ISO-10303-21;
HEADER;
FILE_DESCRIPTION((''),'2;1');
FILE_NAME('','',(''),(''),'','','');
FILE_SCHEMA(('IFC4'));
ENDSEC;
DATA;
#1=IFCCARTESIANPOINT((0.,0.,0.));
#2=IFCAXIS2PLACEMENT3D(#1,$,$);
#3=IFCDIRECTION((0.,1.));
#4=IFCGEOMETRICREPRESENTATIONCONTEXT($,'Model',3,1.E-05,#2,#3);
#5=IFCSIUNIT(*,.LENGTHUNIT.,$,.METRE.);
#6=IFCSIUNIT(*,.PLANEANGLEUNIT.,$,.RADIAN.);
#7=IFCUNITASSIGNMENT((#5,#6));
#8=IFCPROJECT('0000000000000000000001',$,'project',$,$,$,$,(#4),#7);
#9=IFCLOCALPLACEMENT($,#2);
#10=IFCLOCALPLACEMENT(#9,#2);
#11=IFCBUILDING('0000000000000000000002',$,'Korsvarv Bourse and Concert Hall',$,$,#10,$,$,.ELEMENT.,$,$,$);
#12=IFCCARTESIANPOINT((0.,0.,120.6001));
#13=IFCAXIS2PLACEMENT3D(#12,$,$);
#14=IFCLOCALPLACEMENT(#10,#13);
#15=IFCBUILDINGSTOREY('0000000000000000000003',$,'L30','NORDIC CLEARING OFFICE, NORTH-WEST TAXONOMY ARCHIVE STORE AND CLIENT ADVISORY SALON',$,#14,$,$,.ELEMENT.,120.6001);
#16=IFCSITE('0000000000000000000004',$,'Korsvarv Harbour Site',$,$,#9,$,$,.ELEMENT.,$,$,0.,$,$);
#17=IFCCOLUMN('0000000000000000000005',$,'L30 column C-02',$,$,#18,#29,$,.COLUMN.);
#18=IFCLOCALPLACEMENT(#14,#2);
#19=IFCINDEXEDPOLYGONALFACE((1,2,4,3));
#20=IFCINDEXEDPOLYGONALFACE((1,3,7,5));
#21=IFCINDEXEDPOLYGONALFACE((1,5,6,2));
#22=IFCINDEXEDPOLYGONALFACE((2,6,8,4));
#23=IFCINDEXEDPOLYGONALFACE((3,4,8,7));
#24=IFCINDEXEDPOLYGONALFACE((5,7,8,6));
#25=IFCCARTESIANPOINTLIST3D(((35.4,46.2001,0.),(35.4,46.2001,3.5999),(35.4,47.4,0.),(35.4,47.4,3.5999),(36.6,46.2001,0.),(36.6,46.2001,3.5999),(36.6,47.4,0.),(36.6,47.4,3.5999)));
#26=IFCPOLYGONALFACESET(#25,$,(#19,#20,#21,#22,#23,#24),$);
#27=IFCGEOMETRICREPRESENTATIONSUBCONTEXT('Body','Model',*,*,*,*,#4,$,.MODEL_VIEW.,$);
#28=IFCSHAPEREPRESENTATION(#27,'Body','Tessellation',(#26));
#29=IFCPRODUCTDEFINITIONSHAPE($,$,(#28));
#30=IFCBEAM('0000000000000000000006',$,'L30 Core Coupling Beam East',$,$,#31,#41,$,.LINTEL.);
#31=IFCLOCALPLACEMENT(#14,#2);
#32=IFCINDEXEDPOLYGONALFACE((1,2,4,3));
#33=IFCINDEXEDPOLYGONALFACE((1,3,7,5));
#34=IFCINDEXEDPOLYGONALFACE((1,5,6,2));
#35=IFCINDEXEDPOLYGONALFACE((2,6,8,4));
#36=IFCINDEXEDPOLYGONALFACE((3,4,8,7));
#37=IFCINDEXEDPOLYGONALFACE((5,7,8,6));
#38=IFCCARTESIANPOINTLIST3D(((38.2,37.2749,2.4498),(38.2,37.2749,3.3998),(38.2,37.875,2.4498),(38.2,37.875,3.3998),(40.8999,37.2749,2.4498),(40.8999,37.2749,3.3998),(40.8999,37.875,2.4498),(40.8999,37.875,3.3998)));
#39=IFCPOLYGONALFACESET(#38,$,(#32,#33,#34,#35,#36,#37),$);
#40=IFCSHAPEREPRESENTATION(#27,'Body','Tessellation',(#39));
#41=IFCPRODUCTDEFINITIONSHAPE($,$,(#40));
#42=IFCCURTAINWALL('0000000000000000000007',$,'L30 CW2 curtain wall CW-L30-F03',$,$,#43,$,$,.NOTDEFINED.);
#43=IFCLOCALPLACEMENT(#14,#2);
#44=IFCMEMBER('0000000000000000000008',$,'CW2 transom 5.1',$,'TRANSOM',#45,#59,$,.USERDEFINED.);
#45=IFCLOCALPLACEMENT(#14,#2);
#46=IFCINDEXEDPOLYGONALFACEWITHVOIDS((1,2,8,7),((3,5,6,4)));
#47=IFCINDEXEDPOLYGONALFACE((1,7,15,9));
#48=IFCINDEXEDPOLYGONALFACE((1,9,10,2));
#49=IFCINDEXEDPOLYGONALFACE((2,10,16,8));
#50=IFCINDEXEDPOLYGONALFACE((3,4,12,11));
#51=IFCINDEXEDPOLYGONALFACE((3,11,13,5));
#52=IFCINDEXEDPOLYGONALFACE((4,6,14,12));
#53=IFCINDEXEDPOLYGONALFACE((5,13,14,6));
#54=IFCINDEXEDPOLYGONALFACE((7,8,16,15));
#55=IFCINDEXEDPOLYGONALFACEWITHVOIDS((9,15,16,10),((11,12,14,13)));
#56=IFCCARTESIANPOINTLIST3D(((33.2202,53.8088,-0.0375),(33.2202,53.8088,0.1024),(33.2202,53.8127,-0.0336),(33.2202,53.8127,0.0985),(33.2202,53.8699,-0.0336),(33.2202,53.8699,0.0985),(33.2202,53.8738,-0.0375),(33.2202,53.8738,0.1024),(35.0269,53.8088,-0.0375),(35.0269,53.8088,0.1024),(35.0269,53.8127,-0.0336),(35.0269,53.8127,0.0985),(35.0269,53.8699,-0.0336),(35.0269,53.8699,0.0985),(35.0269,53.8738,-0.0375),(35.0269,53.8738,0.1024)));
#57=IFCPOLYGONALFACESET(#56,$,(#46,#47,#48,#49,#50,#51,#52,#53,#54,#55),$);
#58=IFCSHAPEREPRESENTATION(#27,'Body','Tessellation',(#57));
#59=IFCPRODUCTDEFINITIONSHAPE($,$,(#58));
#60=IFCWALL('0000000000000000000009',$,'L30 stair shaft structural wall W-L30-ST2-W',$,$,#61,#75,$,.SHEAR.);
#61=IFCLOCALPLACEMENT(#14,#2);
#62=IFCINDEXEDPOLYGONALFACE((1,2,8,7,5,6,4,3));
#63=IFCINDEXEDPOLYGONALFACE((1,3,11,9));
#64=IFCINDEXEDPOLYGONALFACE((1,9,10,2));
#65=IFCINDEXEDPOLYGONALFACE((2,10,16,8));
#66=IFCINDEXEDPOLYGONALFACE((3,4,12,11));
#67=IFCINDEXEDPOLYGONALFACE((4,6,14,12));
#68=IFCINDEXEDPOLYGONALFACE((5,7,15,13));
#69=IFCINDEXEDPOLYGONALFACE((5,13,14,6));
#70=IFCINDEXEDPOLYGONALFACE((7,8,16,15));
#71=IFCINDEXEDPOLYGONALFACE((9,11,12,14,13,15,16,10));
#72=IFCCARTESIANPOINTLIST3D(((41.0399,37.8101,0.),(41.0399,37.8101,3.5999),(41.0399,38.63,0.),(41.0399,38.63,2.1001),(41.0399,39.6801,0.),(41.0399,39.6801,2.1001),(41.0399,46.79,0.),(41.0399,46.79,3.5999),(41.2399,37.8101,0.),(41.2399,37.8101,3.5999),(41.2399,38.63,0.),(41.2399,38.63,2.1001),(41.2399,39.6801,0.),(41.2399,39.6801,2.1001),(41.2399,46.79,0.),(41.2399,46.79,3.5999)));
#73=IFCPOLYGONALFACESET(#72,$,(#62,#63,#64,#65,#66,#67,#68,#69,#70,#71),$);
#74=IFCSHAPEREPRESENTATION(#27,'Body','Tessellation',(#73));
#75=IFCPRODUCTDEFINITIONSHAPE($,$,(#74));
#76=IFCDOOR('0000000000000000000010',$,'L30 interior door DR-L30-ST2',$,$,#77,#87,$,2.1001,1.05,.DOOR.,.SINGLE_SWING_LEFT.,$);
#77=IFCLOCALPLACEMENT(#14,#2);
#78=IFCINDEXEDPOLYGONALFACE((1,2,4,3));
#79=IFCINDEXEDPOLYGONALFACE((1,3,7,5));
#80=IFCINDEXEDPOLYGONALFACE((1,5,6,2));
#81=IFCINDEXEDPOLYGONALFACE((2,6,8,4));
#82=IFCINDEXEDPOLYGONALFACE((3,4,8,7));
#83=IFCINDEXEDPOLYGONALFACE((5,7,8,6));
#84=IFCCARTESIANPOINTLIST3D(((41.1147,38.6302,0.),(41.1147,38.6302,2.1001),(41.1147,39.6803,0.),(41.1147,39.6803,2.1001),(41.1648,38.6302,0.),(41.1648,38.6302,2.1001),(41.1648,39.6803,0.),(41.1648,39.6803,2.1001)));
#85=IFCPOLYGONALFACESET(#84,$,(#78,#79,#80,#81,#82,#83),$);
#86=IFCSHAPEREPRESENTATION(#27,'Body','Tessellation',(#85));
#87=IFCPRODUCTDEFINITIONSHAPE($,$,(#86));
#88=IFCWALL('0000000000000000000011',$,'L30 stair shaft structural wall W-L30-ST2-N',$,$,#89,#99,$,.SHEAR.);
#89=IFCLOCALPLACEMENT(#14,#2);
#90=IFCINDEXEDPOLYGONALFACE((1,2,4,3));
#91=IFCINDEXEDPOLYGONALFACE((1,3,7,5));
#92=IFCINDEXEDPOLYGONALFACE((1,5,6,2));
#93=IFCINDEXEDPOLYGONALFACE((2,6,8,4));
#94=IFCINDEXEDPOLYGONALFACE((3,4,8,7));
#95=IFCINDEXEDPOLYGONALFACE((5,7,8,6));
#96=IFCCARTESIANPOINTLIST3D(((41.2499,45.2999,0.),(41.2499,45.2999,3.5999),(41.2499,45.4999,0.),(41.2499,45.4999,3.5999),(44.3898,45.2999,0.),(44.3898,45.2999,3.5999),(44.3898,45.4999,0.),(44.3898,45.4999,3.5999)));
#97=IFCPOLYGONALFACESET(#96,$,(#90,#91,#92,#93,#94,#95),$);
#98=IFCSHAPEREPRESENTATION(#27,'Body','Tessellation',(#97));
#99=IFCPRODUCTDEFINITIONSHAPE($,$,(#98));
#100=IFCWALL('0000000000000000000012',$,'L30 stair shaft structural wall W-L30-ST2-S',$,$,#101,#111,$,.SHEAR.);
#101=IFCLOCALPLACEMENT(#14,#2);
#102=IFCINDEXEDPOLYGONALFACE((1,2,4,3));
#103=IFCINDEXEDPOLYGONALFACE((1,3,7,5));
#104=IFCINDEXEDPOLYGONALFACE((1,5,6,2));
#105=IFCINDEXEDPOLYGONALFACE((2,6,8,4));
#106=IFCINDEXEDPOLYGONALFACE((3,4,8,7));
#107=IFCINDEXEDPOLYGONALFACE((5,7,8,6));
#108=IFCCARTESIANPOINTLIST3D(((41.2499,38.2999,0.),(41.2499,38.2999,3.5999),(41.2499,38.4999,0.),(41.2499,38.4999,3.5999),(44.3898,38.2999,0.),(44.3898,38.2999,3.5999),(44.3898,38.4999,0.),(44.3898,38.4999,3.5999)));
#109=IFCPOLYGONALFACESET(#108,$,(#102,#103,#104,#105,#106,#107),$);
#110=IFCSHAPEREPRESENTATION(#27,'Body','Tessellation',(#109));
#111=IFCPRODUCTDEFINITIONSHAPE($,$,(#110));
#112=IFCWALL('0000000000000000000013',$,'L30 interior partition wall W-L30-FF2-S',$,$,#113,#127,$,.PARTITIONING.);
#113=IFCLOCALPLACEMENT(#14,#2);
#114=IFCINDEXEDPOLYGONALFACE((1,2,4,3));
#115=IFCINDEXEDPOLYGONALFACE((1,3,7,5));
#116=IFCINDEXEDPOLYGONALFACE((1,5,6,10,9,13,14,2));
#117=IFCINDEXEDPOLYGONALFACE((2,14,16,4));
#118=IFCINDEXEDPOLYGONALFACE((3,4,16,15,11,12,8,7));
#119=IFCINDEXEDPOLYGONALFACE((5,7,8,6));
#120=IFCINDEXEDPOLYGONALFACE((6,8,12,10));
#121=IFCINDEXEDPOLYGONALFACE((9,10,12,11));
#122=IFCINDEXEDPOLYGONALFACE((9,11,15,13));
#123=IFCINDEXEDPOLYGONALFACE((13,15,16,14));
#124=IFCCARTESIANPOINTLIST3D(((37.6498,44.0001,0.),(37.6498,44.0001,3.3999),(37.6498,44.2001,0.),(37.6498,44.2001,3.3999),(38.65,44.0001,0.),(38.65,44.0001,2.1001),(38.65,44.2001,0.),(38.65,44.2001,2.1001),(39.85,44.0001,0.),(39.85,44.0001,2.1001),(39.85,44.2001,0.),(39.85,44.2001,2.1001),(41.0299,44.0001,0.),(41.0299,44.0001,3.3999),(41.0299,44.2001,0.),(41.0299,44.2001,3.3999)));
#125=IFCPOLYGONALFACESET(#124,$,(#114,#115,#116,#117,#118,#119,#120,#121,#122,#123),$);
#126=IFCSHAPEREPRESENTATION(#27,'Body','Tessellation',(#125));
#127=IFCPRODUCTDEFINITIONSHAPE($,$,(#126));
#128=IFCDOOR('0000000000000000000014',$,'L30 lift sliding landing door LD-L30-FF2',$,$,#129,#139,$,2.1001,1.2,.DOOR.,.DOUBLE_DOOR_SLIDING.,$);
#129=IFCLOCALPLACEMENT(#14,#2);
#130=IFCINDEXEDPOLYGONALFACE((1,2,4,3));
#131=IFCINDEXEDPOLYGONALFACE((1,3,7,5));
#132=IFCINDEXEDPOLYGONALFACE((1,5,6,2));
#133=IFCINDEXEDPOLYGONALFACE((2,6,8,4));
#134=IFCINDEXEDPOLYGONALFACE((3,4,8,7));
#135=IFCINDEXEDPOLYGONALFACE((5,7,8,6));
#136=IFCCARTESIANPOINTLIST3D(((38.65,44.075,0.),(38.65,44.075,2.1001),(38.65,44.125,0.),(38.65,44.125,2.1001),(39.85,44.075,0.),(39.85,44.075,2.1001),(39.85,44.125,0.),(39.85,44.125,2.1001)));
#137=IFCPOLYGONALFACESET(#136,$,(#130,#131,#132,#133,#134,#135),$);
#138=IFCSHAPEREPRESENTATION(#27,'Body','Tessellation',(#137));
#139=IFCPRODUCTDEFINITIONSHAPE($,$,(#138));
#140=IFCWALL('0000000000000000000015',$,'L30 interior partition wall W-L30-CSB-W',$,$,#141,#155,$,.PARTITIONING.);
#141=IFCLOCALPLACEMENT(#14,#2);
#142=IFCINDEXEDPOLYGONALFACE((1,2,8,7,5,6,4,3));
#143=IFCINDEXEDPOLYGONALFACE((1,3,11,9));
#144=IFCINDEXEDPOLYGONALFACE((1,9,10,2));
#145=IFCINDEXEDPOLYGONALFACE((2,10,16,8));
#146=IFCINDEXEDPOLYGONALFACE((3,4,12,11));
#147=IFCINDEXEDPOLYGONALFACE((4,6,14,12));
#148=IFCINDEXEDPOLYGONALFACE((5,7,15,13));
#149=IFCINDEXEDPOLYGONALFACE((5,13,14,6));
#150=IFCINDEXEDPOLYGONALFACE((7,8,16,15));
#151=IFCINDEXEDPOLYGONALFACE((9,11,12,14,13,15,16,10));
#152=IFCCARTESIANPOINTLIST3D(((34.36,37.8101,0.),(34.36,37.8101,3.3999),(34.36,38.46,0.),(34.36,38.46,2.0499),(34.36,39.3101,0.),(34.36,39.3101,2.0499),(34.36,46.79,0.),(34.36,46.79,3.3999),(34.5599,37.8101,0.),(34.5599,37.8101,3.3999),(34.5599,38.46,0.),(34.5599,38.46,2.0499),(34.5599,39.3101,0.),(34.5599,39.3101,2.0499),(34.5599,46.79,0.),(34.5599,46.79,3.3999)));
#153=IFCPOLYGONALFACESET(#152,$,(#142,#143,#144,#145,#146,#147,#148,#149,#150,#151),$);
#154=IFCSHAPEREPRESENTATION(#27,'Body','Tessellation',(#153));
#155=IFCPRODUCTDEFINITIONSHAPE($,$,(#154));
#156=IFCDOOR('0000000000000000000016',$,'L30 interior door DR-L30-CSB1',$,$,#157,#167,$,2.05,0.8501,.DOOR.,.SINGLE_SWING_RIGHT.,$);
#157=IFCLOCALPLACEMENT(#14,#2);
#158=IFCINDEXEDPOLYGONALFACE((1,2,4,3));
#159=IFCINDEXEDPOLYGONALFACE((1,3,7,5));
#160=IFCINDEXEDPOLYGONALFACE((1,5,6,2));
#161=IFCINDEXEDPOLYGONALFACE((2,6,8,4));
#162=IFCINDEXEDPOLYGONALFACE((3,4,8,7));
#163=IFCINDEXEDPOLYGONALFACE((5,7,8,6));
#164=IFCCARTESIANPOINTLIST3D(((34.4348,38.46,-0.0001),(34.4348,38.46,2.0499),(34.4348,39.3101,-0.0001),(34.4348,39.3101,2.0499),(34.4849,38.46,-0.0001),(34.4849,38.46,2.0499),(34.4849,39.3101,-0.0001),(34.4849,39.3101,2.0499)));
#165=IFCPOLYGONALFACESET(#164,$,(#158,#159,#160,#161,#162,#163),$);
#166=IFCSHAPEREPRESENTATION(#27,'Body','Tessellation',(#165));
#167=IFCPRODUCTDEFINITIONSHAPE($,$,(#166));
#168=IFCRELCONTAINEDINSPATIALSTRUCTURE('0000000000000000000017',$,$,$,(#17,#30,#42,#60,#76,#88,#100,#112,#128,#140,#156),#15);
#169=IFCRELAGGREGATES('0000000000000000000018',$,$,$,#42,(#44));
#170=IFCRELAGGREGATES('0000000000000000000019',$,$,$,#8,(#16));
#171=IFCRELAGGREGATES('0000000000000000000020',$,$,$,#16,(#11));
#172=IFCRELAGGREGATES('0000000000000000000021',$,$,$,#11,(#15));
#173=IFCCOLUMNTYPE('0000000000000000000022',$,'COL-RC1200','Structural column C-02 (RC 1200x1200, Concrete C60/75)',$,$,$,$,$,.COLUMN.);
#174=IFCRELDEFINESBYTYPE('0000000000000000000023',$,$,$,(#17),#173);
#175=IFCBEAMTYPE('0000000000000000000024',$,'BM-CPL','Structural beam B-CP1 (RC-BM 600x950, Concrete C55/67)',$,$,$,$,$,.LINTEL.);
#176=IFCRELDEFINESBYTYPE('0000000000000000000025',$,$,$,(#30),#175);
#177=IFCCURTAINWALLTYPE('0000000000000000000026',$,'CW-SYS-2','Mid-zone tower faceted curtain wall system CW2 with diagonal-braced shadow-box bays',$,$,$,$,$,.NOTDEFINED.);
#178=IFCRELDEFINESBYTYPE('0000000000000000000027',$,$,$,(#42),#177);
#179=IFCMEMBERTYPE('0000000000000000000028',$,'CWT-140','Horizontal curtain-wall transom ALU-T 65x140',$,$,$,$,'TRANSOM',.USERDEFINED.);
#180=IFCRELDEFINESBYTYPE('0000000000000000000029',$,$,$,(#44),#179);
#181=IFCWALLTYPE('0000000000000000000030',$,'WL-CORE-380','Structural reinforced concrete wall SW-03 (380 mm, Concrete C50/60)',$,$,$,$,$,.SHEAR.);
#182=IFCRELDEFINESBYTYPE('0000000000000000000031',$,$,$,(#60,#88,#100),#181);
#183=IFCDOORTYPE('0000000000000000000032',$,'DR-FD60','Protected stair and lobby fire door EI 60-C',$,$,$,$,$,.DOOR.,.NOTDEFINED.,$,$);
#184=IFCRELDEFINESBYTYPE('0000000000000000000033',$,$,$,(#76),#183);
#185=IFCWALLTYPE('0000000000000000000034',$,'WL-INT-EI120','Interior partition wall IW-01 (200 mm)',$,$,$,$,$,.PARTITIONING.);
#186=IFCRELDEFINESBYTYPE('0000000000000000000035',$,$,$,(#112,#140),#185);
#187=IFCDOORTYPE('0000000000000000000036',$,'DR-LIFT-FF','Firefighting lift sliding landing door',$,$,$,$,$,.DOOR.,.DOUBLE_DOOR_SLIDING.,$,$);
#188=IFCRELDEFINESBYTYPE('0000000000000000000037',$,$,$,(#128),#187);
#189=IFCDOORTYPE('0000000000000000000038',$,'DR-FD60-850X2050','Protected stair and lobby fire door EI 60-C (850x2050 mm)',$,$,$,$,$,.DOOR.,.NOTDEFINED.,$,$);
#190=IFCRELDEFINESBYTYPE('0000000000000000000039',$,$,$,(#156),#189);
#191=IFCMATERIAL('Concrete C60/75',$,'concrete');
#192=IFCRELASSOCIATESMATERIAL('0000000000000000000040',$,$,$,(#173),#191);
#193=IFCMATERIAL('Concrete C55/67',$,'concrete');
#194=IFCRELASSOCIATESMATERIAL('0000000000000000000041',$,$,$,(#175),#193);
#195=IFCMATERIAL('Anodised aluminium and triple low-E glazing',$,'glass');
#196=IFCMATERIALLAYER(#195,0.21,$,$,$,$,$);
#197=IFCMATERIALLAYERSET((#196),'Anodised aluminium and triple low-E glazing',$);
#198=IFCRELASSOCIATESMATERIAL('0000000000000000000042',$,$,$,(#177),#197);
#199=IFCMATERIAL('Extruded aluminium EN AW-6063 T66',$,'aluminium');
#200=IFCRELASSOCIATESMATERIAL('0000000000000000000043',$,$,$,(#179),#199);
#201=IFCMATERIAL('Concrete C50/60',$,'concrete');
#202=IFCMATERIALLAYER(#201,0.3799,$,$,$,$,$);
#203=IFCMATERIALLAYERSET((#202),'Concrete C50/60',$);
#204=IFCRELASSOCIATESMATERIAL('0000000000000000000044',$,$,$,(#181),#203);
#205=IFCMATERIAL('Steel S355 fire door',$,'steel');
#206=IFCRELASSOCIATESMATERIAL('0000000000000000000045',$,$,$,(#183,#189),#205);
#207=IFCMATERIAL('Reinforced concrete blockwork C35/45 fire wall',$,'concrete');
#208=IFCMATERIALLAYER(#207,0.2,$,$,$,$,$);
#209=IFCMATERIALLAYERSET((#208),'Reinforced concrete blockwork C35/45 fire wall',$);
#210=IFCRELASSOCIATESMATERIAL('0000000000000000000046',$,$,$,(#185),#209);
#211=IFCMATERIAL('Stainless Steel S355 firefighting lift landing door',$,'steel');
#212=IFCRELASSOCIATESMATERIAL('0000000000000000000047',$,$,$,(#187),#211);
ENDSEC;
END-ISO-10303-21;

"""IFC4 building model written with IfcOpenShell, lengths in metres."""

from ifc_helpers import new_model, si_unit, direction, frame, frame_2d, origin, origin_2d, place, context, subcontext, project, spatial, rectangle, hollow_rectangle, extrude, source, transform, mapped, material, layer, layer_set, material_profile, profile_set, type_object, element, fill, aggregate, save


model = new_model("IFC4")

# Units and contexts
model_context = context("Model", 3, precision=1e-05, world=origin(), true_north=direction((0.0, 1.0)))
body_context = subcontext(model_context, "Body", "Model", "MODEL_VIEW")
ifc_project = project(units=[si_unit("LENGTHUNIT", "METRE"), si_unit("PLANEANGLEUNIT", "RADIAN")], contexts=[model_context])

# Site, building, storey
site_placement = place(None, origin())
site = spatial("IfcSite", under=ifc_project, at=site_placement, Name="Korsvarv Harbour Site", CompositionType="ELEMENT", RefElevation=0.0)
building_placement = place(site_placement, origin())
building = spatial("IfcBuilding", under=site, at=building_placement, Name="Korsvarv Bourse and Concert Hall", CompositionType="ELEMENT")
storey_placement = place(building_placement, frame((0.0, 0.0, 120.6001)))
storey = spatial("IfcBuildingStorey", under=building, at=storey_placement, Name="L30", Description="NORDIC CLEARING OFFICE, NORTH-WEST TAXONOMY ARCHIVE STORE AND CLIENT ADVISORY SALON", CompositionType="ELEMENT", Elevation=120.6001)

# Column
ifc_material_1 = material(Name="Concrete C60/75", Category="concrete")
ifc_material_profile_1 = material_profile(ifc_material_1, rectangle(XDim=1.2, YDim=1.2, at=origin_2d()), Name="RC 1200x1200")
ifc_profile_set_1 = profile_set([ifc_material_profile_1], Name="Concrete C60/75")
column_type = type_object("IfcColumnType", Name="COL-RC1200", Description="Structural column C-02 (RC 1200x1200, Concrete C60/75)", PredefinedType="COLUMN", material=ifc_profile_set_1)
shared_shape_1 = source(origin(), body_context, "Body", "SweptSolid", [
    extrude(rectangle(XDim=1.2, YDim=1.2, at=origin_2d()), origin(), (0.0, 0.0, 1.0), 3.5999),
])
column_placement = place(storey_placement, frame((36.0, 46.8, 0.0), z_axis=(0.0, 0.0, 1.0), x_axis=(1.0, 0.0, 0.0)))
element("IfcColumn", 1, at=column_placement, inside=storey, type_object=column_type, Name="L30 column C-02", PredefinedType="COLUMN", context=body_context, shape_type="MappedRepresentation", body=[
    mapped(shared_shape_1, transform((0.0, 0.0, 0.0), scale=1.0)),
])

# Beam
ifc_material_2 = material(Name="Concrete C55/67", Category="concrete")
ifc_material_profile_2 = material_profile(ifc_material_2, rectangle(XDim=0.6001, YDim=0.95, at=origin_2d()), Name="RC-BM 600x950")
ifc_profile_set_2 = profile_set([ifc_material_profile_2], Name="Concrete C55/67")
beam_type = type_object("IfcBeamType", Name="BM-CPL", Description="Structural beam B-CP1 (RC-BM 600x950, Concrete C55/67)", PredefinedType="LINTEL", material=ifc_profile_set_2)
shared_shape_2 = source(origin(), body_context, "Body", "SweptSolid", [
    extrude(rectangle(XDim=0.6001, YDim=0.95, at=origin_2d()), origin(), (0.0, 0.0, 1.0), 2.7),
])
beam_placement = place(storey_placement, frame((38.2, 37.575, 2.9248), z_axis=(1.0, 0.0, 0.0), x_axis=(0.0, 1.0, 0.0)))
element("IfcBeam", 2, at=beam_placement, inside=storey, type_object=beam_type, Name="L30 Core Coupling Beam East", PredefinedType="LINTEL", context=body_context, shape_type="MappedRepresentation", body=[
    mapped(shared_shape_2, transform((0.0, 0.0, 0.0), scale=1.0)),
])

# Curtain wall, member
ifc_material_3 = material(Name="Anodised aluminium and triple low-E glazing", Category="glass")
ifc_layer_1 = layer(ifc_material_3, 0.21)
ifc_layer_set_1 = layer_set([ifc_layer_1], Name="Anodised aluminium and triple low-E glazing")
curtain_wall_type = type_object("IfcCurtainWallType", Name="CW-SYS-2", Description="Mid-zone tower faceted curtain wall system CW2 with diagonal-braced shadow-box bays", PredefinedType="NOTDEFINED", material=ifc_layer_set_1)
curtain_wall_placement = place(storey_placement, origin())
curtain_wall = element("IfcCurtainWall", 3, at=curtain_wall_placement, inside=storey, type_object=curtain_wall_type, Name="L30 CW2 curtain wall CW-L30-F03", PredefinedType="NOTDEFINED")
ifc_material_4 = material(Name="Extruded aluminium EN AW-6063 T66", Category="aluminium")
ifc_material_profile_3 = material_profile(ifc_material_4, hollow_rectangle(XDim=0.0649, YDim=0.1399, WallThickness=0.0039, at=origin_2d()), Name="ALU-T 65x140")
ifc_profile_set_3 = profile_set([ifc_material_profile_3], Name="Extruded aluminium EN AW-6063 T66")
member_type = type_object("IfcMemberType", Name="CWT-140", Description="Horizontal curtain-wall transom ALU-T 65x140", ElementType="TRANSOM", PredefinedType="USERDEFINED", material=ifc_profile_set_3)
shared_shape_3 = source(origin(), body_context, "Body", "SweptSolid", [
    extrude(hollow_rectangle(XDim=0.0649, YDim=0.1399, WallThickness=0.0039, at=origin_2d()), origin(), (0.0, 0.0, 1.0), 1.8066),
])
member_placement = place(storey_placement, frame((35.0269, 53.8413, 0.0325), z_axis=(-1.0, 0.0, 0.0), x_axis=(0.0, -1.0, 0.0)))
member = element("IfcMember", 4, at=member_placement, type_object=member_type, Name="CW2 transom 5.1", ObjectType="TRANSOM", PredefinedType="USERDEFINED", context=body_context, shape_type="MappedRepresentation", body=[
    mapped(shared_shape_3, transform((0.0, 0.0, 0.0), scale=1.0)),
])
aggregate(curtain_wall, [member])

# Wall, opening, door
ifc_material_5 = material(Name="Concrete C50/60", Category="concrete")
ifc_layer_2 = layer(ifc_material_5, 0.3799)
ifc_layer_set_2 = layer_set([ifc_layer_2], Name="Concrete C50/60")
wall_type_1 = type_object("IfcWallType", Name="WL-CORE-380", Description="Structural reinforced concrete wall SW-03 (380 mm, Concrete C50/60)", PredefinedType="SHEAR", material=ifc_layer_set_2)
wall_1_placement = place(storey_placement, frame((41.1399, 37.8101, 0.0), z_axis=(0.0, 0.0, 1.0), x_axis=(0.0, 1.0, 0.0)))
wall_1 = element("IfcWall", 5, at=wall_1_placement, inside=storey, type_object=wall_type_1, Name="L30 stair shaft structural wall W-L30-ST2-W", PredefinedType="SHEAR", context=body_context, shape_type="SweptSolid", body=[
    extrude(rectangle(XDim=8.98, YDim=0.2, at=frame_2d((4.49, 0.0))), origin(), (0.0, 0.0, 1.0), 3.5999),
])
opening_1_placement = place(wall_1_placement, frame((0.8201, 0.0, 0.0)))
opening_1 = element("IfcOpeningElement", 6, at=opening_1_placement, cuts=wall_1, PredefinedType="OPENING", context=body_context, shape_type="SweptSolid", body=[
    extrude(rectangle(XDim=1.05, YDim=2.1001, at=frame_2d((0.5249, 1.05))), frame((0.0, 0.1099, 0.0), z_axis=(0.0, -1.0, 0.0), x_axis=(1.0, 0.0, 0.0)), (0.0, 0.0, 1.0), 0.22),
])
ifc_material_6 = material(Name="Steel S355 fire door", Category="steel")
door_type_1 = type_object("IfcDoorType", Name="DR-FD60", Description="Protected stair and lobby fire door EI 60-C", OperationType="NOTDEFINED", PredefinedType="DOOR", material=ifc_material_6)
door_1_placement = place(opening_1_placement, frame((1.05, 0.0, 0.0), z_axis=(0.0, 0.0, 1.0), x_axis=(-1.0, 0.0, 0.0)))
door_1 = element("IfcDoor", 7, at=door_1_placement, inside=storey, type_object=door_type_1, Name="L30 interior door DR-L30-ST2", OperationType="SINGLE_SWING_LEFT", OverallHeight=2.1001, OverallWidth=1.05, PredefinedType="DOOR", context=body_context, shape_type="SweptSolid", body=[
    extrude(rectangle(XDim=1.05, YDim=2.1001, at=frame_2d((0.5249, 1.05))), frame((0.0, 0.0249, 0.0), z_axis=(0.0, -1.0, 0.0), x_axis=(1.0, 0.0, 0.0)), (0.0, 0.0, 1.0), 0.05),
])
fill(opening_1, door_1)

# Walls
for number, where, z_axis, x_axis, name in (
    (8, (41.25, 45.3999, 0.0), (0.0, 0.0, 1.0), (1.0, 0.0, 0.0), "L30 stair shaft structural wall W-L30-ST2-N"),
    (9, (41.25, 38.3999, 0.0), (0.0, 0.0, 1.0), (1.0, 0.0, 0.0), "L30 stair shaft structural wall W-L30-ST2-S"),
):
    element("IfcWall", number, at=place(storey_placement, frame(where, z_axis=z_axis, x_axis=x_axis)), inside=storey, type_object=wall_type_1, Name=name, PredefinedType="SHEAR", context=body_context, shape_type="SweptSolid", body=[
        extrude(rectangle(XDim=3.1399, YDim=0.2, at=frame_2d((1.5698, 0.0))), origin(), (0.0, 0.0, 1.0), 3.5999),
    ])

# Walls, openings, doors
ifc_material_7 = material(Name="Reinforced concrete blockwork C35/45 fire wall", Category="concrete")
ifc_layer_3 = layer(ifc_material_7, 0.2)
ifc_layer_set_3 = layer_set([ifc_layer_3], Name="Reinforced concrete blockwork C35/45 fire wall")
wall_type_2 = type_object("IfcWallType", Name="WL-INT-EI120", Description="Interior partition wall IW-01 (200 mm)", PredefinedType="PARTITIONING", material=ifc_layer_set_3)
wall_2_placement = place(storey_placement, frame((37.6499, 44.1001, 0.0), z_axis=(0.0, 0.0, 1.0), x_axis=(1.0, 0.0, 0.0)))
wall_2 = element("IfcWall", 10, at=wall_2_placement, inside=storey, type_object=wall_type_2, Name="L30 interior partition wall W-L30-FF2-S", PredefinedType="PARTITIONING", context=body_context, shape_type="SweptSolid", body=[
    extrude(rectangle(XDim=3.3801, YDim=0.2, at=frame_2d((1.6899, 0.0))), origin(), (0.0, 0.0, 1.0), 3.3999),
])
opening_2_placement = place(wall_2_placement, frame((1.0, 0.0, 0.0)))
opening_2 = element("IfcOpeningElement", 11, at=opening_2_placement, cuts=wall_2, PredefinedType="OPENING", context=body_context, shape_type="SweptSolid", body=[
    extrude(rectangle(XDim=1.2, YDim=2.1001, at=frame_2d((0.6001, 1.05))), frame((0.0, 0.1099, 0.0), z_axis=(0.0, -1.0, 0.0), x_axis=(1.0, 0.0, 0.0)), (0.0, 0.0, 1.0), 0.22),
])
ifc_material_8 = material(Name="Stainless Steel S355 firefighting lift landing door", Category="steel")
door_type_2 = type_object("IfcDoorType", Name="DR-LIFT-FF", Description="Firefighting lift sliding landing door", OperationType="DOUBLE_DOOR_SLIDING", PredefinedType="DOOR", material=ifc_material_8)
door_2_placement = place(opening_2_placement, origin())
door_2 = element("IfcDoor", 12, at=door_2_placement, inside=storey, type_object=door_type_2, Name="L30 lift sliding landing door LD-L30-FF2", OperationType="DOUBLE_DOOR_SLIDING", OverallHeight=2.1001, OverallWidth=1.2, PredefinedType="DOOR", context=body_context, shape_type="SweptSolid", body=[
    extrude(rectangle(XDim=1.2, YDim=2.1001, at=frame_2d((0.6001, 1.05))), frame((0.0, 0.0249, 0.0), z_axis=(0.0, -1.0, 0.0), x_axis=(1.0, 0.0, 0.0)), (0.0, 0.0, 1.0), 0.05),
])
fill(opening_2, door_2)
wall_3_placement = place(storey_placement, frame((34.46, 37.8101, 0.0), z_axis=(0.0, 0.0, 1.0), x_axis=(0.0, 1.0, 0.0)))
wall_3 = element("IfcWall", 13, at=wall_3_placement, inside=storey, type_object=wall_type_2, Name="L30 interior partition wall W-L30-CSB-W", PredefinedType="PARTITIONING", context=body_context, shape_type="SweptSolid", body=[
    extrude(rectangle(XDim=8.98, YDim=0.2, at=frame_2d((4.49, 0.0))), origin(), (0.0, 0.0, 1.0), 3.3999),
])
opening_3_placement = place(wall_3_placement, frame((0.6499, 0.0, 0.0)))
opening_3 = element("IfcOpeningElement", 14, at=opening_3_placement, cuts=wall_3, PredefinedType="OPENING", context=body_context, shape_type="SweptSolid", body=[
    extrude(rectangle(XDim=0.8501, YDim=2.05, at=frame_2d((0.425, 1.0249))), frame((0.0, 0.1099, 0.0), z_axis=(0.0, -1.0, 0.0), x_axis=(1.0, 0.0, 0.0)), (0.0, 0.0, 1.0), 0.22),
])
door_type_3 = type_object("IfcDoorType", Name="DR-FD60-850X2050", Description="Protected stair and lobby fire door EI 60-C (850x2050 mm)", OperationType="NOTDEFINED", PredefinedType="DOOR", material=ifc_material_6)
door_3_placement = place(opening_3_placement, frame((0.8501, 0.0, 0.0), z_axis=(0.0, 0.0, 1.0), x_axis=(-1.0, 0.0, 0.0)))
door_3 = element("IfcDoor", 15, at=door_3_placement, inside=storey, type_object=door_type_3, Name="L30 interior door DR-L30-CSB1", OperationType="SINGLE_SWING_RIGHT", OverallHeight=2.05, OverallWidth=0.8501, PredefinedType="DOOR", context=body_context, shape_type="SweptSolid", body=[
    extrude(rectangle(XDim=0.8501, YDim=2.05, at=frame_2d((0.425, 1.0249))), frame((0.0, 0.0249, 0.0), z_axis=(0.0, -1.0, 0.0), x_axis=(1.0, 0.0, 0.0)), (0.0, 0.0, 1.0), 0.05),
])
fill(opening_3, door_3)

save(model, "model.ifc")
